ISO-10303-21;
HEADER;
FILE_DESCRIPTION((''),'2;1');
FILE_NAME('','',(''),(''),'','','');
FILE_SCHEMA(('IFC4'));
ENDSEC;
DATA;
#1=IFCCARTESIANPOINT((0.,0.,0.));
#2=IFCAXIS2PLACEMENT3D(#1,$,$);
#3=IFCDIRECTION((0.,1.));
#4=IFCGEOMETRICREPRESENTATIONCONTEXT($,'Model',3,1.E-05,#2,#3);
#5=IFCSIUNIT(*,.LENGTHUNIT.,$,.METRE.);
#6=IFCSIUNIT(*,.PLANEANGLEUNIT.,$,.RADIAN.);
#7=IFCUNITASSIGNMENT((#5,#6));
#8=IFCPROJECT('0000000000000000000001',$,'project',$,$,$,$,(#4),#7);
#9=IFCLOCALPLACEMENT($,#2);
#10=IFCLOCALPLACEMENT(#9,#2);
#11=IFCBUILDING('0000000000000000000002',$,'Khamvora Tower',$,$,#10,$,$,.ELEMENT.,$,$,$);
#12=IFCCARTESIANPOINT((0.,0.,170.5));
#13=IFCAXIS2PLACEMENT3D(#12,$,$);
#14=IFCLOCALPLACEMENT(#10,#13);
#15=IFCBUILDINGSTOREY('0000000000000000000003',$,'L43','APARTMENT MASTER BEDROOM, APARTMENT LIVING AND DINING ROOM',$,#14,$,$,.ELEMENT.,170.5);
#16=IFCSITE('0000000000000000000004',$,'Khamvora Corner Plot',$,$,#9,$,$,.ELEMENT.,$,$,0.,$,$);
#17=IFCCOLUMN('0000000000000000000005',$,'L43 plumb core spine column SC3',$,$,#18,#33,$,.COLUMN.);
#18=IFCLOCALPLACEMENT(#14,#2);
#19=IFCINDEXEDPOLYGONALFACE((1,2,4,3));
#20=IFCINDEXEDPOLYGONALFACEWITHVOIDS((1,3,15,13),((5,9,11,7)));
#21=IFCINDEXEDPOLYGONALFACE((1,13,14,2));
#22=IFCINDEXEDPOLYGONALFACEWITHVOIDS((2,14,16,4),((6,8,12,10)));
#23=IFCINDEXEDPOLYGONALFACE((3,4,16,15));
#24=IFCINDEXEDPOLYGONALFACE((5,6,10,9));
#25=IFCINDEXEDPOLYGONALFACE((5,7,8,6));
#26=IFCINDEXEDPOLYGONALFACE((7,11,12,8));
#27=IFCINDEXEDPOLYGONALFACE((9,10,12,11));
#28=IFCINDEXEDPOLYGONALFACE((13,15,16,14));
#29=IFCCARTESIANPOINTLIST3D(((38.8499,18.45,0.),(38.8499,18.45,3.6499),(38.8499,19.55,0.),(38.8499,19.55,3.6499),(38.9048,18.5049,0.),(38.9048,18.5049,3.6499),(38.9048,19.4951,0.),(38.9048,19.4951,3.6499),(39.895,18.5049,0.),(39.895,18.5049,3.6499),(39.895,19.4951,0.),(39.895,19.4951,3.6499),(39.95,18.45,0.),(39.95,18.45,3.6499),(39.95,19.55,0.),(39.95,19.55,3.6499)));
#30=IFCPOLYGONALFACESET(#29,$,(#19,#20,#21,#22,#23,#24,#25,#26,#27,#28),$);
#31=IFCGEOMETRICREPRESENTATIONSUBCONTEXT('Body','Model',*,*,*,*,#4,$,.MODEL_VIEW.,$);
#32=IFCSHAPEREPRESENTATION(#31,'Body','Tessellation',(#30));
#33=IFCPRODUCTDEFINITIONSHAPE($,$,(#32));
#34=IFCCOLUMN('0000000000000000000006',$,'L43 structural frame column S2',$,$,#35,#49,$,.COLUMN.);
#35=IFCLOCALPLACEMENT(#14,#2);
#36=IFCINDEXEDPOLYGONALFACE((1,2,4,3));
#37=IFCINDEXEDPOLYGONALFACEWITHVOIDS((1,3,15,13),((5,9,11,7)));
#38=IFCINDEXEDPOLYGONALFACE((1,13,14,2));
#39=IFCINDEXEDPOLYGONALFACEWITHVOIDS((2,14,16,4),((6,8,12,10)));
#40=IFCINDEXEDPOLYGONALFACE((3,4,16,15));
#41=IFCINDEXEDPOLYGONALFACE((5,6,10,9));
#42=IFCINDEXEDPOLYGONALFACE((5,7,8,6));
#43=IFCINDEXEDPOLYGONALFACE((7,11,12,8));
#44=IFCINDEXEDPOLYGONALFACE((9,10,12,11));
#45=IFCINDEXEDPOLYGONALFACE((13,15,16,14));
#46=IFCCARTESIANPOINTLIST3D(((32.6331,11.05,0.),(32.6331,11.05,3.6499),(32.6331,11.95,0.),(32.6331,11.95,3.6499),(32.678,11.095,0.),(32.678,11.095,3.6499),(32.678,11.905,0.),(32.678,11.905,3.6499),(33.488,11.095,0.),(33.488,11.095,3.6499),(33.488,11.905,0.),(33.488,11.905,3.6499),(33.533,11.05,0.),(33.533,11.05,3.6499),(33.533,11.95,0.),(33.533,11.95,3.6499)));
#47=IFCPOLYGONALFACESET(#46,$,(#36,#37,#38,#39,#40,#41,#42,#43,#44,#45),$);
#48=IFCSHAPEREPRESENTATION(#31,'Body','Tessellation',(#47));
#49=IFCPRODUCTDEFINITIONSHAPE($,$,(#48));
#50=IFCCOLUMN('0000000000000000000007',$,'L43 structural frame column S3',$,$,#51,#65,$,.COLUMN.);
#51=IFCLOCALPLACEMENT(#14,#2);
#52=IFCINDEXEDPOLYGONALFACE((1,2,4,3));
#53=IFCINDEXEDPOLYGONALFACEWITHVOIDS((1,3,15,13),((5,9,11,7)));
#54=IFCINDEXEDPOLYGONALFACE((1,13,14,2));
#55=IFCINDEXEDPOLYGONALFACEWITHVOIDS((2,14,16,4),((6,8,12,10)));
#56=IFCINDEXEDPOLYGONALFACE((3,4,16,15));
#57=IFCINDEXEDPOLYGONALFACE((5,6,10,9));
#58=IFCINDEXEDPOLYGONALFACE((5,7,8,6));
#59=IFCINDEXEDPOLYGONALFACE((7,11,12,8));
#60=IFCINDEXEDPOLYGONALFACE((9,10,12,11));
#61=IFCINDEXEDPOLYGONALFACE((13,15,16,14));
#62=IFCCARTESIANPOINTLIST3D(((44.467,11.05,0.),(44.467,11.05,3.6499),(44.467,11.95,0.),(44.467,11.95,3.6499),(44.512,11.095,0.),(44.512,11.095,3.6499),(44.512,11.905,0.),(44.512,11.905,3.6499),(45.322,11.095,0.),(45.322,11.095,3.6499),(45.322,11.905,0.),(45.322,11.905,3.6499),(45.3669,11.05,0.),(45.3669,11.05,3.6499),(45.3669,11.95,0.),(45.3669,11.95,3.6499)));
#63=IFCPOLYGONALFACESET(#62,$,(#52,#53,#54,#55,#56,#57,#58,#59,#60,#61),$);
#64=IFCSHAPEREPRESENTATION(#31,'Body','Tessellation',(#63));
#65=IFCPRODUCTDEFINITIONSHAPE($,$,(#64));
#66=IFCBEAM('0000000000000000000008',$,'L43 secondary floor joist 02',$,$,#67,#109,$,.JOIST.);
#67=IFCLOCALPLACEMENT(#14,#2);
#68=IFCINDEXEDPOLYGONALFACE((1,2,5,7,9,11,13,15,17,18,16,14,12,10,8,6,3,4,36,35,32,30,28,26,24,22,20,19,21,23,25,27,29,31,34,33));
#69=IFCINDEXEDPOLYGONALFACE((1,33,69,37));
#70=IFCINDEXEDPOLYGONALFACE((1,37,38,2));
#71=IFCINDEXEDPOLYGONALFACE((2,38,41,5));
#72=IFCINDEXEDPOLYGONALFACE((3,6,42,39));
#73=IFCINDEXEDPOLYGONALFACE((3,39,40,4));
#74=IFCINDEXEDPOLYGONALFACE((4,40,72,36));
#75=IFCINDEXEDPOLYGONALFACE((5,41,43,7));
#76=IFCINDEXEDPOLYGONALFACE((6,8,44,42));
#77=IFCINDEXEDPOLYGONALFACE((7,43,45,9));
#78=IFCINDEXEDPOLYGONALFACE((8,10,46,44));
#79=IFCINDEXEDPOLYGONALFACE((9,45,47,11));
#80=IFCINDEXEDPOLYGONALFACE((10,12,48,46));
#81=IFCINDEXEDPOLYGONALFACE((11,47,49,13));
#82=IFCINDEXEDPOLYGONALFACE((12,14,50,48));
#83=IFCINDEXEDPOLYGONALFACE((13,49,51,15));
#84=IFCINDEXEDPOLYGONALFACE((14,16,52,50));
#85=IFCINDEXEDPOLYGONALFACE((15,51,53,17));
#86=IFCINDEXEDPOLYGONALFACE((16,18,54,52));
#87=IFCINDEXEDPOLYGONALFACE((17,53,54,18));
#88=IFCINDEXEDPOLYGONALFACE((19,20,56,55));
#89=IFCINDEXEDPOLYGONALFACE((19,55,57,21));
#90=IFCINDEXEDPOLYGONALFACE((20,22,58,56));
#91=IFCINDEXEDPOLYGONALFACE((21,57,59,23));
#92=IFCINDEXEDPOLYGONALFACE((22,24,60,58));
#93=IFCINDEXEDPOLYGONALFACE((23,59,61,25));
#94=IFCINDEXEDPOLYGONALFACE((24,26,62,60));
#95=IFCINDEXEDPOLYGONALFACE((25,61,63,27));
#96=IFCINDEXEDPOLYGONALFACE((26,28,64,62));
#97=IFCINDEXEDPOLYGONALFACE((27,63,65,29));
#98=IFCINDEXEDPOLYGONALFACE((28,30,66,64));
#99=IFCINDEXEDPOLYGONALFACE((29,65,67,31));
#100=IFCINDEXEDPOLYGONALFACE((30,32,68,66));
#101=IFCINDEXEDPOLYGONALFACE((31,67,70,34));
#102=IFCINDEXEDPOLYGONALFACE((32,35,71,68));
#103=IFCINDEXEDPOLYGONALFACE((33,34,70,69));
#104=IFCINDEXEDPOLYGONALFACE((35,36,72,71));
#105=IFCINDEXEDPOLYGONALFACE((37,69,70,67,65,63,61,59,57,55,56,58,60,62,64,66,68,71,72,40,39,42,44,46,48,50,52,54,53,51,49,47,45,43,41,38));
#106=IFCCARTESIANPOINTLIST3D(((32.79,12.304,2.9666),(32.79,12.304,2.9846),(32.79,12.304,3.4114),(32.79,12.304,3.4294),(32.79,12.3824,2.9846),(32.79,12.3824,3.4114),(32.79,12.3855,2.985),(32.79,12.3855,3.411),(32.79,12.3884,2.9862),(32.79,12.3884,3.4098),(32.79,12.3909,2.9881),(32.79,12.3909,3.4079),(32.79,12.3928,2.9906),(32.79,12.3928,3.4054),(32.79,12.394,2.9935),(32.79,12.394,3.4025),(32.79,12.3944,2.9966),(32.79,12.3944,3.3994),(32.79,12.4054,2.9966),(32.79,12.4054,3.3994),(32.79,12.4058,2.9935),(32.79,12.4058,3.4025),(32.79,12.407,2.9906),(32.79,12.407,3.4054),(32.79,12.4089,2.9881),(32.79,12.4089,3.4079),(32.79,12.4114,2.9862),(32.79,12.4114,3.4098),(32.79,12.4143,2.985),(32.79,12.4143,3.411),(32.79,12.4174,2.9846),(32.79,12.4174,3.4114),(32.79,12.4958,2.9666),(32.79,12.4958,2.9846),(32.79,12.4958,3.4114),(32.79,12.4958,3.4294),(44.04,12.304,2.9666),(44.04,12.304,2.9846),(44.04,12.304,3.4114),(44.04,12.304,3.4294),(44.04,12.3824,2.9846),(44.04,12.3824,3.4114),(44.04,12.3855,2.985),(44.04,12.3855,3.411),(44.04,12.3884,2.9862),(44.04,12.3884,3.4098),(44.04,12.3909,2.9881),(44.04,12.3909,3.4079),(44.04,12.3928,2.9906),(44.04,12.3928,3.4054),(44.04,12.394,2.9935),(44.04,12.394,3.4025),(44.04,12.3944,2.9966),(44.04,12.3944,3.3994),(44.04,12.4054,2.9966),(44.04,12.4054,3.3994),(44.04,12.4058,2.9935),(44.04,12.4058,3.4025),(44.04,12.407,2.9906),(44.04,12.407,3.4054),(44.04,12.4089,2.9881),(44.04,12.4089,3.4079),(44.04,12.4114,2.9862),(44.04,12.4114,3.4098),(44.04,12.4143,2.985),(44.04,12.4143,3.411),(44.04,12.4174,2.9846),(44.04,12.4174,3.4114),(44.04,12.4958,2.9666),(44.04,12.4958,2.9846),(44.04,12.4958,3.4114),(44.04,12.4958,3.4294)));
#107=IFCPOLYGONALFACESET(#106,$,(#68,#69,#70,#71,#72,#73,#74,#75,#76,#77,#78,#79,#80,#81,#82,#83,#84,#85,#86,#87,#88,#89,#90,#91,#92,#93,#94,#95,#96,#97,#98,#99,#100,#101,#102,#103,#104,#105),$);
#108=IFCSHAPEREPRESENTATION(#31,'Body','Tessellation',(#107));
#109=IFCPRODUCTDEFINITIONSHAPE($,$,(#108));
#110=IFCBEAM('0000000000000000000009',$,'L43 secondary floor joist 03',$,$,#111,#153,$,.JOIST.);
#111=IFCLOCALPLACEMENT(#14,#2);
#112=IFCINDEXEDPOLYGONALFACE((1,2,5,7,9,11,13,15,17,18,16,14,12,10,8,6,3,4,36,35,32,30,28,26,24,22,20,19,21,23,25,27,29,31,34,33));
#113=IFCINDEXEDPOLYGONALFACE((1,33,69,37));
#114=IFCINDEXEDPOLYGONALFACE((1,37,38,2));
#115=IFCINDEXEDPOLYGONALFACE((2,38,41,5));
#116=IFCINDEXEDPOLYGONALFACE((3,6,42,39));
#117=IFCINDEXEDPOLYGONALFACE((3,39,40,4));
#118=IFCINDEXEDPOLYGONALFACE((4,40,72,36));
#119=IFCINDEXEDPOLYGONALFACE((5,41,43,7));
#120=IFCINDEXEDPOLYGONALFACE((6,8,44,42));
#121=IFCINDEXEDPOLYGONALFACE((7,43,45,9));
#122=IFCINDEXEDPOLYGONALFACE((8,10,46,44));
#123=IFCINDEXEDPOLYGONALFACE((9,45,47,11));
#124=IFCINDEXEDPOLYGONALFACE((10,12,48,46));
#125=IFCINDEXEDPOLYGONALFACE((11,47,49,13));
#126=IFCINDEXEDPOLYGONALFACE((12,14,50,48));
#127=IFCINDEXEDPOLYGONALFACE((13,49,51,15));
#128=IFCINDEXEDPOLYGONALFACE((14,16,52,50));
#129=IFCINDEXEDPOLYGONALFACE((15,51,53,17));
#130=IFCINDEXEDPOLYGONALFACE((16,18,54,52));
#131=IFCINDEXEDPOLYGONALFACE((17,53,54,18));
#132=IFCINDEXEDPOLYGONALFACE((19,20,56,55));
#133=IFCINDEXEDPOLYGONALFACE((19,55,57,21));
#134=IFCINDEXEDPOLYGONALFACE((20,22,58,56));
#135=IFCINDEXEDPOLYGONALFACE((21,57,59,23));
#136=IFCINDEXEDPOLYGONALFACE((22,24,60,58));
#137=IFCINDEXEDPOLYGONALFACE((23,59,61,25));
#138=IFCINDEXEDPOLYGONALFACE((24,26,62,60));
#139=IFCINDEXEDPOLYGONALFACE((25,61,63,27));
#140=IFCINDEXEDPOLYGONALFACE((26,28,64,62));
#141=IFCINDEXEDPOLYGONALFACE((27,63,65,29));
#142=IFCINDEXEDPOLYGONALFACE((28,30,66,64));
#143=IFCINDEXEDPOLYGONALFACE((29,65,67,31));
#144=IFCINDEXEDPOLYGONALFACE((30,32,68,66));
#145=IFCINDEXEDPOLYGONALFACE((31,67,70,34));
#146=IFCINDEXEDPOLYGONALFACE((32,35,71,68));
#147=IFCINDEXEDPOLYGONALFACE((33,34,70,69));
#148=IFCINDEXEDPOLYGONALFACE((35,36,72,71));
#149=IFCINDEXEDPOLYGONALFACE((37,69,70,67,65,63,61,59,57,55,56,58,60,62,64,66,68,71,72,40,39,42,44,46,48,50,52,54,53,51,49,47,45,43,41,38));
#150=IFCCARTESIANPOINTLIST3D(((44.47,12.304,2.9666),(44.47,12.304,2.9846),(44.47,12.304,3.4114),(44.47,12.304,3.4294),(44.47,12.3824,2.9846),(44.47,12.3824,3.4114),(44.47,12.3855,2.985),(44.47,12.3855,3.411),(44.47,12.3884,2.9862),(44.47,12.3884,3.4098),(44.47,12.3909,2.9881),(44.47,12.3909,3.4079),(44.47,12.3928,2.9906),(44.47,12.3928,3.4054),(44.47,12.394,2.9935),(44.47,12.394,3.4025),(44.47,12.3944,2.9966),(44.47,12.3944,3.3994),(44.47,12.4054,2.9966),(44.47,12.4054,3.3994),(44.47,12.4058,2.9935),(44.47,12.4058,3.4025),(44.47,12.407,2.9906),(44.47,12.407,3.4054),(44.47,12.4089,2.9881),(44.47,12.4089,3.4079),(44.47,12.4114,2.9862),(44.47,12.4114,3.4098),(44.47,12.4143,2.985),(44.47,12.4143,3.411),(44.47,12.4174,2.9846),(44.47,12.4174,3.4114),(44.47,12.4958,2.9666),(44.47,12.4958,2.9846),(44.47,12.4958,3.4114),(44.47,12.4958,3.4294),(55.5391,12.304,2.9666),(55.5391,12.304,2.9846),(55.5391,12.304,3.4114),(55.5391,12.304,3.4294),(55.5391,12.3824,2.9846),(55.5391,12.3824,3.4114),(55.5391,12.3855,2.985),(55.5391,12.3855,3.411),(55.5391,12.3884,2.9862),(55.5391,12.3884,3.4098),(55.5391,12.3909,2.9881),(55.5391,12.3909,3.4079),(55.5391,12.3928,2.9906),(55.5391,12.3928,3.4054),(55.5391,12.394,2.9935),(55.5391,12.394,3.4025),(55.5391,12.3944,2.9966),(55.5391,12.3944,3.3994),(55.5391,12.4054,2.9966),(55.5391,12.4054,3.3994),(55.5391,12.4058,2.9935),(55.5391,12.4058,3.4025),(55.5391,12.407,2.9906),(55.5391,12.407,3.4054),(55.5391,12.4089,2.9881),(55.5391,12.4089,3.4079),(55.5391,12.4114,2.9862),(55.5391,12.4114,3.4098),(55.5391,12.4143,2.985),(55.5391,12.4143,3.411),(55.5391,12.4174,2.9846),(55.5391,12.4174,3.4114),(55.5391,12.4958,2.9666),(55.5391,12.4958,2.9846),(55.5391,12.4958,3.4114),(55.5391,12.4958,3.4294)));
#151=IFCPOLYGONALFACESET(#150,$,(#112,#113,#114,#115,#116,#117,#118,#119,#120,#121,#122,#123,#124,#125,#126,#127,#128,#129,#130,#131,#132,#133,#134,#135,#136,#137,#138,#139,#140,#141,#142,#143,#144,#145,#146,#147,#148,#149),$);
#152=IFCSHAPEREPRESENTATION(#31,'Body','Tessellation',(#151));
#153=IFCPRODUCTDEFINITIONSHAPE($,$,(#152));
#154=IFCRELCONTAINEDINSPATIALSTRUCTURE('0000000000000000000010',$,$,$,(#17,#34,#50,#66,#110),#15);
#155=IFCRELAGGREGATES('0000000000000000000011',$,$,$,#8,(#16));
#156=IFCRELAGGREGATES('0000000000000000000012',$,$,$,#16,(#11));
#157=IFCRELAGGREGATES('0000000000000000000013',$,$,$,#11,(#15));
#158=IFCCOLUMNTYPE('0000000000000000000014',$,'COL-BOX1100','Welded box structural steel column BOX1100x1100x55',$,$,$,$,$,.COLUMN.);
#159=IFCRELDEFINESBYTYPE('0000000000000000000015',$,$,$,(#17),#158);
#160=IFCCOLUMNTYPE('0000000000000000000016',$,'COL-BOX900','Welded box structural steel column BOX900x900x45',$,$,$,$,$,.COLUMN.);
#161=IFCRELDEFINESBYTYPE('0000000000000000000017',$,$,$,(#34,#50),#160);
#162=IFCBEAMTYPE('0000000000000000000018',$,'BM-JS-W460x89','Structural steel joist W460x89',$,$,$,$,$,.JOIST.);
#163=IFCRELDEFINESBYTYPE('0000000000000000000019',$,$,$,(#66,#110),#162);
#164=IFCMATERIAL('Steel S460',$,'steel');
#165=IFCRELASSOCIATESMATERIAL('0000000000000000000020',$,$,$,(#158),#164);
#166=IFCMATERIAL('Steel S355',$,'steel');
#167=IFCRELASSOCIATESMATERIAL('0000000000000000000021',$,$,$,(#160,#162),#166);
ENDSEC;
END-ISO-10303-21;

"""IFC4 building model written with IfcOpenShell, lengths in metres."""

from ifc_helpers import new_model, si_unit, direction, frame, origin, origin_2d, place, context, subcontext, project, spatial, hollow_rectangle, i_section, extrude, material, material_profile, profile_set, type_object, element, save


model = new_model("IFC4")

# Units and contexts
model_context = context("Model", 3, precision=1e-05, world=origin(), true_north=direction((0.0, 1.0)))
body_context = subcontext(model_context, "Body", "Model", "MODEL_VIEW")
ifc_project = project(units=[si_unit("LENGTHUNIT", "METRE"), si_unit("PLANEANGLEUNIT", "RADIAN")], contexts=[model_context])

# Site, building, storey
site_placement = place(None, origin())
site = spatial("IfcSite", under=ifc_project, at=site_placement, Name="Khamvora Corner Plot", CompositionType="ELEMENT", RefElevation=0.0)
building_placement = place(site_placement, origin())
building = spatial("IfcBuilding", under=site, at=building_placement, Name="Khamvora Tower", CompositionType="ELEMENT")
storey_placement = place(building_placement, frame((0.0, 0.0, 170.5)))
storey = spatial("IfcBuildingStorey", under=building, at=storey_placement, Name="L43", Description="APARTMENT MASTER BEDROOM, APARTMENT LIVING AND DINING ROOM", CompositionType="ELEMENT", Elevation=170.5)

# Columns
ifc_material_1 = material(Name="Steel S460", Category="steel")
ifc_material_profile_1 = material_profile(ifc_material_1, hollow_rectangle(XDim=1.1001, YDim=1.1001, WallThickness=0.0549, at=origin_2d()), Name="BOX1100x1100x55")
ifc_profile_set_1 = profile_set([ifc_material_profile_1], Name="Steel S460")
column_type_1 = type_object("IfcColumnType", Name="COL-BOX1100", Description="Welded box structural steel column BOX1100x1100x55", PredefinedType="COLUMN", material=ifc_profile_set_1)
column_placement = place(storey_placement, frame((39.3999, 19.0, 0.0), z_axis=(0.0, 0.0, 1.0), x_axis=(1.0, 0.0, 0.0)))
element("IfcColumn", 1, at=column_placement, inside=storey, type_object=column_type_1, Name="L43 plumb core spine column SC3", PredefinedType="COLUMN", context=body_context, shape_type="SweptSolid", body=[
    extrude(hollow_rectangle(XDim=1.1001, YDim=1.1001, WallThickness=0.0549, at=origin_2d()), origin(), (0.0, 0.0, 1.0), 3.6499),
])
ifc_material_2 = material(Name="Steel S355", Category="steel")
ifc_material_profile_2 = material_profile(ifc_material_2, hollow_rectangle(XDim=0.8999, YDim=0.8999, WallThickness=0.0449, at=origin_2d()), Name="BOX900x900x45")
ifc_profile_set_2 = profile_set([ifc_material_profile_2], Name="Steel S355")
column_type_2 = type_object("IfcColumnType", Name="COL-BOX900", Description="Welded box structural steel column BOX900x900x45", PredefinedType="COLUMN", material=ifc_profile_set_2)
for number, where, z_axis, x_axis, name in (
    (2, (33.083, 11.5, 0.0), (0.0, 0.0, 1.0), (1.0, 0.0, 0.0), "L43 structural frame column S2"),
    (3, (44.917, 11.5, 0.0), (0.0, 0.0, 1.0), (1.0, 0.0, 0.0), "L43 structural frame column S3"),
):
    element("IfcColumn", number, at=place(storey_placement, frame(where, z_axis=z_axis, x_axis=x_axis)), inside=storey, type_object=column_type_2, Name=name, PredefinedType="COLUMN", context=body_context, shape_type="SweptSolid", body=[
        extrude(hollow_rectangle(XDim=0.8999, YDim=0.8999, WallThickness=0.0449, at=origin_2d()), origin(), (0.0, 0.0, 1.0), 3.6499),
    ])

# Beams
ifc_material_profile_3 = material_profile(ifc_material_2, i_section(OverallWidth=0.1919, OverallDepth=0.4629, WebThickness=0.011, FlangeThickness=0.0181, FilletRadius=0.012, at=origin_2d()), Name="W460x89")
ifc_profile_set_3 = profile_set([ifc_material_profile_3], Name="Steel S355")
beam_type_1 = type_object("IfcBeamType", Name="BM-JS-W460x89", Description="Structural steel joist W460x89", PredefinedType="JOIST", material=ifc_profile_set_3)
beam_1_placement = place(storey_placement, frame((32.79, 12.3999, 3.198), z_axis=(1.0, 0.0, 0.0), x_axis=(0.0, 1.0, 0.0)))
element("IfcBeam", 4, at=beam_1_placement, inside=storey, type_object=beam_type_1, Name="L43 secondary floor joist 02", PredefinedType="JOIST", context=body_context, shape_type="SweptSolid", body=[
    extrude(i_section(OverallWidth=0.1919, OverallDepth=0.4629, WebThickness=0.011, FlangeThickness=0.0181, FilletRadius=0.012, at=origin_2d()), origin(), (0.0, 0.0, 1.0), 11.25),
])
beam_2_placement = place(storey_placement, frame((44.47, 12.3999, 3.198), z_axis=(1.0, 0.0, 0.0), x_axis=(0.0, 1.0, 0.0)))
element("IfcBeam", 5, at=beam_2_placement, inside=storey, type_object=beam_type_1, Name="L43 secondary floor joist 03", PredefinedType="JOIST", context=body_context, shape_type="SweptSolid", body=[
    extrude(i_section(OverallWidth=0.1919, OverallDepth=0.4629, WebThickness=0.011, FlangeThickness=0.0181, FilletRadius=0.012, at=origin_2d()), origin(), (0.0, 0.0, 1.0), 11.0691),
])

save(model, "model.ifc")
